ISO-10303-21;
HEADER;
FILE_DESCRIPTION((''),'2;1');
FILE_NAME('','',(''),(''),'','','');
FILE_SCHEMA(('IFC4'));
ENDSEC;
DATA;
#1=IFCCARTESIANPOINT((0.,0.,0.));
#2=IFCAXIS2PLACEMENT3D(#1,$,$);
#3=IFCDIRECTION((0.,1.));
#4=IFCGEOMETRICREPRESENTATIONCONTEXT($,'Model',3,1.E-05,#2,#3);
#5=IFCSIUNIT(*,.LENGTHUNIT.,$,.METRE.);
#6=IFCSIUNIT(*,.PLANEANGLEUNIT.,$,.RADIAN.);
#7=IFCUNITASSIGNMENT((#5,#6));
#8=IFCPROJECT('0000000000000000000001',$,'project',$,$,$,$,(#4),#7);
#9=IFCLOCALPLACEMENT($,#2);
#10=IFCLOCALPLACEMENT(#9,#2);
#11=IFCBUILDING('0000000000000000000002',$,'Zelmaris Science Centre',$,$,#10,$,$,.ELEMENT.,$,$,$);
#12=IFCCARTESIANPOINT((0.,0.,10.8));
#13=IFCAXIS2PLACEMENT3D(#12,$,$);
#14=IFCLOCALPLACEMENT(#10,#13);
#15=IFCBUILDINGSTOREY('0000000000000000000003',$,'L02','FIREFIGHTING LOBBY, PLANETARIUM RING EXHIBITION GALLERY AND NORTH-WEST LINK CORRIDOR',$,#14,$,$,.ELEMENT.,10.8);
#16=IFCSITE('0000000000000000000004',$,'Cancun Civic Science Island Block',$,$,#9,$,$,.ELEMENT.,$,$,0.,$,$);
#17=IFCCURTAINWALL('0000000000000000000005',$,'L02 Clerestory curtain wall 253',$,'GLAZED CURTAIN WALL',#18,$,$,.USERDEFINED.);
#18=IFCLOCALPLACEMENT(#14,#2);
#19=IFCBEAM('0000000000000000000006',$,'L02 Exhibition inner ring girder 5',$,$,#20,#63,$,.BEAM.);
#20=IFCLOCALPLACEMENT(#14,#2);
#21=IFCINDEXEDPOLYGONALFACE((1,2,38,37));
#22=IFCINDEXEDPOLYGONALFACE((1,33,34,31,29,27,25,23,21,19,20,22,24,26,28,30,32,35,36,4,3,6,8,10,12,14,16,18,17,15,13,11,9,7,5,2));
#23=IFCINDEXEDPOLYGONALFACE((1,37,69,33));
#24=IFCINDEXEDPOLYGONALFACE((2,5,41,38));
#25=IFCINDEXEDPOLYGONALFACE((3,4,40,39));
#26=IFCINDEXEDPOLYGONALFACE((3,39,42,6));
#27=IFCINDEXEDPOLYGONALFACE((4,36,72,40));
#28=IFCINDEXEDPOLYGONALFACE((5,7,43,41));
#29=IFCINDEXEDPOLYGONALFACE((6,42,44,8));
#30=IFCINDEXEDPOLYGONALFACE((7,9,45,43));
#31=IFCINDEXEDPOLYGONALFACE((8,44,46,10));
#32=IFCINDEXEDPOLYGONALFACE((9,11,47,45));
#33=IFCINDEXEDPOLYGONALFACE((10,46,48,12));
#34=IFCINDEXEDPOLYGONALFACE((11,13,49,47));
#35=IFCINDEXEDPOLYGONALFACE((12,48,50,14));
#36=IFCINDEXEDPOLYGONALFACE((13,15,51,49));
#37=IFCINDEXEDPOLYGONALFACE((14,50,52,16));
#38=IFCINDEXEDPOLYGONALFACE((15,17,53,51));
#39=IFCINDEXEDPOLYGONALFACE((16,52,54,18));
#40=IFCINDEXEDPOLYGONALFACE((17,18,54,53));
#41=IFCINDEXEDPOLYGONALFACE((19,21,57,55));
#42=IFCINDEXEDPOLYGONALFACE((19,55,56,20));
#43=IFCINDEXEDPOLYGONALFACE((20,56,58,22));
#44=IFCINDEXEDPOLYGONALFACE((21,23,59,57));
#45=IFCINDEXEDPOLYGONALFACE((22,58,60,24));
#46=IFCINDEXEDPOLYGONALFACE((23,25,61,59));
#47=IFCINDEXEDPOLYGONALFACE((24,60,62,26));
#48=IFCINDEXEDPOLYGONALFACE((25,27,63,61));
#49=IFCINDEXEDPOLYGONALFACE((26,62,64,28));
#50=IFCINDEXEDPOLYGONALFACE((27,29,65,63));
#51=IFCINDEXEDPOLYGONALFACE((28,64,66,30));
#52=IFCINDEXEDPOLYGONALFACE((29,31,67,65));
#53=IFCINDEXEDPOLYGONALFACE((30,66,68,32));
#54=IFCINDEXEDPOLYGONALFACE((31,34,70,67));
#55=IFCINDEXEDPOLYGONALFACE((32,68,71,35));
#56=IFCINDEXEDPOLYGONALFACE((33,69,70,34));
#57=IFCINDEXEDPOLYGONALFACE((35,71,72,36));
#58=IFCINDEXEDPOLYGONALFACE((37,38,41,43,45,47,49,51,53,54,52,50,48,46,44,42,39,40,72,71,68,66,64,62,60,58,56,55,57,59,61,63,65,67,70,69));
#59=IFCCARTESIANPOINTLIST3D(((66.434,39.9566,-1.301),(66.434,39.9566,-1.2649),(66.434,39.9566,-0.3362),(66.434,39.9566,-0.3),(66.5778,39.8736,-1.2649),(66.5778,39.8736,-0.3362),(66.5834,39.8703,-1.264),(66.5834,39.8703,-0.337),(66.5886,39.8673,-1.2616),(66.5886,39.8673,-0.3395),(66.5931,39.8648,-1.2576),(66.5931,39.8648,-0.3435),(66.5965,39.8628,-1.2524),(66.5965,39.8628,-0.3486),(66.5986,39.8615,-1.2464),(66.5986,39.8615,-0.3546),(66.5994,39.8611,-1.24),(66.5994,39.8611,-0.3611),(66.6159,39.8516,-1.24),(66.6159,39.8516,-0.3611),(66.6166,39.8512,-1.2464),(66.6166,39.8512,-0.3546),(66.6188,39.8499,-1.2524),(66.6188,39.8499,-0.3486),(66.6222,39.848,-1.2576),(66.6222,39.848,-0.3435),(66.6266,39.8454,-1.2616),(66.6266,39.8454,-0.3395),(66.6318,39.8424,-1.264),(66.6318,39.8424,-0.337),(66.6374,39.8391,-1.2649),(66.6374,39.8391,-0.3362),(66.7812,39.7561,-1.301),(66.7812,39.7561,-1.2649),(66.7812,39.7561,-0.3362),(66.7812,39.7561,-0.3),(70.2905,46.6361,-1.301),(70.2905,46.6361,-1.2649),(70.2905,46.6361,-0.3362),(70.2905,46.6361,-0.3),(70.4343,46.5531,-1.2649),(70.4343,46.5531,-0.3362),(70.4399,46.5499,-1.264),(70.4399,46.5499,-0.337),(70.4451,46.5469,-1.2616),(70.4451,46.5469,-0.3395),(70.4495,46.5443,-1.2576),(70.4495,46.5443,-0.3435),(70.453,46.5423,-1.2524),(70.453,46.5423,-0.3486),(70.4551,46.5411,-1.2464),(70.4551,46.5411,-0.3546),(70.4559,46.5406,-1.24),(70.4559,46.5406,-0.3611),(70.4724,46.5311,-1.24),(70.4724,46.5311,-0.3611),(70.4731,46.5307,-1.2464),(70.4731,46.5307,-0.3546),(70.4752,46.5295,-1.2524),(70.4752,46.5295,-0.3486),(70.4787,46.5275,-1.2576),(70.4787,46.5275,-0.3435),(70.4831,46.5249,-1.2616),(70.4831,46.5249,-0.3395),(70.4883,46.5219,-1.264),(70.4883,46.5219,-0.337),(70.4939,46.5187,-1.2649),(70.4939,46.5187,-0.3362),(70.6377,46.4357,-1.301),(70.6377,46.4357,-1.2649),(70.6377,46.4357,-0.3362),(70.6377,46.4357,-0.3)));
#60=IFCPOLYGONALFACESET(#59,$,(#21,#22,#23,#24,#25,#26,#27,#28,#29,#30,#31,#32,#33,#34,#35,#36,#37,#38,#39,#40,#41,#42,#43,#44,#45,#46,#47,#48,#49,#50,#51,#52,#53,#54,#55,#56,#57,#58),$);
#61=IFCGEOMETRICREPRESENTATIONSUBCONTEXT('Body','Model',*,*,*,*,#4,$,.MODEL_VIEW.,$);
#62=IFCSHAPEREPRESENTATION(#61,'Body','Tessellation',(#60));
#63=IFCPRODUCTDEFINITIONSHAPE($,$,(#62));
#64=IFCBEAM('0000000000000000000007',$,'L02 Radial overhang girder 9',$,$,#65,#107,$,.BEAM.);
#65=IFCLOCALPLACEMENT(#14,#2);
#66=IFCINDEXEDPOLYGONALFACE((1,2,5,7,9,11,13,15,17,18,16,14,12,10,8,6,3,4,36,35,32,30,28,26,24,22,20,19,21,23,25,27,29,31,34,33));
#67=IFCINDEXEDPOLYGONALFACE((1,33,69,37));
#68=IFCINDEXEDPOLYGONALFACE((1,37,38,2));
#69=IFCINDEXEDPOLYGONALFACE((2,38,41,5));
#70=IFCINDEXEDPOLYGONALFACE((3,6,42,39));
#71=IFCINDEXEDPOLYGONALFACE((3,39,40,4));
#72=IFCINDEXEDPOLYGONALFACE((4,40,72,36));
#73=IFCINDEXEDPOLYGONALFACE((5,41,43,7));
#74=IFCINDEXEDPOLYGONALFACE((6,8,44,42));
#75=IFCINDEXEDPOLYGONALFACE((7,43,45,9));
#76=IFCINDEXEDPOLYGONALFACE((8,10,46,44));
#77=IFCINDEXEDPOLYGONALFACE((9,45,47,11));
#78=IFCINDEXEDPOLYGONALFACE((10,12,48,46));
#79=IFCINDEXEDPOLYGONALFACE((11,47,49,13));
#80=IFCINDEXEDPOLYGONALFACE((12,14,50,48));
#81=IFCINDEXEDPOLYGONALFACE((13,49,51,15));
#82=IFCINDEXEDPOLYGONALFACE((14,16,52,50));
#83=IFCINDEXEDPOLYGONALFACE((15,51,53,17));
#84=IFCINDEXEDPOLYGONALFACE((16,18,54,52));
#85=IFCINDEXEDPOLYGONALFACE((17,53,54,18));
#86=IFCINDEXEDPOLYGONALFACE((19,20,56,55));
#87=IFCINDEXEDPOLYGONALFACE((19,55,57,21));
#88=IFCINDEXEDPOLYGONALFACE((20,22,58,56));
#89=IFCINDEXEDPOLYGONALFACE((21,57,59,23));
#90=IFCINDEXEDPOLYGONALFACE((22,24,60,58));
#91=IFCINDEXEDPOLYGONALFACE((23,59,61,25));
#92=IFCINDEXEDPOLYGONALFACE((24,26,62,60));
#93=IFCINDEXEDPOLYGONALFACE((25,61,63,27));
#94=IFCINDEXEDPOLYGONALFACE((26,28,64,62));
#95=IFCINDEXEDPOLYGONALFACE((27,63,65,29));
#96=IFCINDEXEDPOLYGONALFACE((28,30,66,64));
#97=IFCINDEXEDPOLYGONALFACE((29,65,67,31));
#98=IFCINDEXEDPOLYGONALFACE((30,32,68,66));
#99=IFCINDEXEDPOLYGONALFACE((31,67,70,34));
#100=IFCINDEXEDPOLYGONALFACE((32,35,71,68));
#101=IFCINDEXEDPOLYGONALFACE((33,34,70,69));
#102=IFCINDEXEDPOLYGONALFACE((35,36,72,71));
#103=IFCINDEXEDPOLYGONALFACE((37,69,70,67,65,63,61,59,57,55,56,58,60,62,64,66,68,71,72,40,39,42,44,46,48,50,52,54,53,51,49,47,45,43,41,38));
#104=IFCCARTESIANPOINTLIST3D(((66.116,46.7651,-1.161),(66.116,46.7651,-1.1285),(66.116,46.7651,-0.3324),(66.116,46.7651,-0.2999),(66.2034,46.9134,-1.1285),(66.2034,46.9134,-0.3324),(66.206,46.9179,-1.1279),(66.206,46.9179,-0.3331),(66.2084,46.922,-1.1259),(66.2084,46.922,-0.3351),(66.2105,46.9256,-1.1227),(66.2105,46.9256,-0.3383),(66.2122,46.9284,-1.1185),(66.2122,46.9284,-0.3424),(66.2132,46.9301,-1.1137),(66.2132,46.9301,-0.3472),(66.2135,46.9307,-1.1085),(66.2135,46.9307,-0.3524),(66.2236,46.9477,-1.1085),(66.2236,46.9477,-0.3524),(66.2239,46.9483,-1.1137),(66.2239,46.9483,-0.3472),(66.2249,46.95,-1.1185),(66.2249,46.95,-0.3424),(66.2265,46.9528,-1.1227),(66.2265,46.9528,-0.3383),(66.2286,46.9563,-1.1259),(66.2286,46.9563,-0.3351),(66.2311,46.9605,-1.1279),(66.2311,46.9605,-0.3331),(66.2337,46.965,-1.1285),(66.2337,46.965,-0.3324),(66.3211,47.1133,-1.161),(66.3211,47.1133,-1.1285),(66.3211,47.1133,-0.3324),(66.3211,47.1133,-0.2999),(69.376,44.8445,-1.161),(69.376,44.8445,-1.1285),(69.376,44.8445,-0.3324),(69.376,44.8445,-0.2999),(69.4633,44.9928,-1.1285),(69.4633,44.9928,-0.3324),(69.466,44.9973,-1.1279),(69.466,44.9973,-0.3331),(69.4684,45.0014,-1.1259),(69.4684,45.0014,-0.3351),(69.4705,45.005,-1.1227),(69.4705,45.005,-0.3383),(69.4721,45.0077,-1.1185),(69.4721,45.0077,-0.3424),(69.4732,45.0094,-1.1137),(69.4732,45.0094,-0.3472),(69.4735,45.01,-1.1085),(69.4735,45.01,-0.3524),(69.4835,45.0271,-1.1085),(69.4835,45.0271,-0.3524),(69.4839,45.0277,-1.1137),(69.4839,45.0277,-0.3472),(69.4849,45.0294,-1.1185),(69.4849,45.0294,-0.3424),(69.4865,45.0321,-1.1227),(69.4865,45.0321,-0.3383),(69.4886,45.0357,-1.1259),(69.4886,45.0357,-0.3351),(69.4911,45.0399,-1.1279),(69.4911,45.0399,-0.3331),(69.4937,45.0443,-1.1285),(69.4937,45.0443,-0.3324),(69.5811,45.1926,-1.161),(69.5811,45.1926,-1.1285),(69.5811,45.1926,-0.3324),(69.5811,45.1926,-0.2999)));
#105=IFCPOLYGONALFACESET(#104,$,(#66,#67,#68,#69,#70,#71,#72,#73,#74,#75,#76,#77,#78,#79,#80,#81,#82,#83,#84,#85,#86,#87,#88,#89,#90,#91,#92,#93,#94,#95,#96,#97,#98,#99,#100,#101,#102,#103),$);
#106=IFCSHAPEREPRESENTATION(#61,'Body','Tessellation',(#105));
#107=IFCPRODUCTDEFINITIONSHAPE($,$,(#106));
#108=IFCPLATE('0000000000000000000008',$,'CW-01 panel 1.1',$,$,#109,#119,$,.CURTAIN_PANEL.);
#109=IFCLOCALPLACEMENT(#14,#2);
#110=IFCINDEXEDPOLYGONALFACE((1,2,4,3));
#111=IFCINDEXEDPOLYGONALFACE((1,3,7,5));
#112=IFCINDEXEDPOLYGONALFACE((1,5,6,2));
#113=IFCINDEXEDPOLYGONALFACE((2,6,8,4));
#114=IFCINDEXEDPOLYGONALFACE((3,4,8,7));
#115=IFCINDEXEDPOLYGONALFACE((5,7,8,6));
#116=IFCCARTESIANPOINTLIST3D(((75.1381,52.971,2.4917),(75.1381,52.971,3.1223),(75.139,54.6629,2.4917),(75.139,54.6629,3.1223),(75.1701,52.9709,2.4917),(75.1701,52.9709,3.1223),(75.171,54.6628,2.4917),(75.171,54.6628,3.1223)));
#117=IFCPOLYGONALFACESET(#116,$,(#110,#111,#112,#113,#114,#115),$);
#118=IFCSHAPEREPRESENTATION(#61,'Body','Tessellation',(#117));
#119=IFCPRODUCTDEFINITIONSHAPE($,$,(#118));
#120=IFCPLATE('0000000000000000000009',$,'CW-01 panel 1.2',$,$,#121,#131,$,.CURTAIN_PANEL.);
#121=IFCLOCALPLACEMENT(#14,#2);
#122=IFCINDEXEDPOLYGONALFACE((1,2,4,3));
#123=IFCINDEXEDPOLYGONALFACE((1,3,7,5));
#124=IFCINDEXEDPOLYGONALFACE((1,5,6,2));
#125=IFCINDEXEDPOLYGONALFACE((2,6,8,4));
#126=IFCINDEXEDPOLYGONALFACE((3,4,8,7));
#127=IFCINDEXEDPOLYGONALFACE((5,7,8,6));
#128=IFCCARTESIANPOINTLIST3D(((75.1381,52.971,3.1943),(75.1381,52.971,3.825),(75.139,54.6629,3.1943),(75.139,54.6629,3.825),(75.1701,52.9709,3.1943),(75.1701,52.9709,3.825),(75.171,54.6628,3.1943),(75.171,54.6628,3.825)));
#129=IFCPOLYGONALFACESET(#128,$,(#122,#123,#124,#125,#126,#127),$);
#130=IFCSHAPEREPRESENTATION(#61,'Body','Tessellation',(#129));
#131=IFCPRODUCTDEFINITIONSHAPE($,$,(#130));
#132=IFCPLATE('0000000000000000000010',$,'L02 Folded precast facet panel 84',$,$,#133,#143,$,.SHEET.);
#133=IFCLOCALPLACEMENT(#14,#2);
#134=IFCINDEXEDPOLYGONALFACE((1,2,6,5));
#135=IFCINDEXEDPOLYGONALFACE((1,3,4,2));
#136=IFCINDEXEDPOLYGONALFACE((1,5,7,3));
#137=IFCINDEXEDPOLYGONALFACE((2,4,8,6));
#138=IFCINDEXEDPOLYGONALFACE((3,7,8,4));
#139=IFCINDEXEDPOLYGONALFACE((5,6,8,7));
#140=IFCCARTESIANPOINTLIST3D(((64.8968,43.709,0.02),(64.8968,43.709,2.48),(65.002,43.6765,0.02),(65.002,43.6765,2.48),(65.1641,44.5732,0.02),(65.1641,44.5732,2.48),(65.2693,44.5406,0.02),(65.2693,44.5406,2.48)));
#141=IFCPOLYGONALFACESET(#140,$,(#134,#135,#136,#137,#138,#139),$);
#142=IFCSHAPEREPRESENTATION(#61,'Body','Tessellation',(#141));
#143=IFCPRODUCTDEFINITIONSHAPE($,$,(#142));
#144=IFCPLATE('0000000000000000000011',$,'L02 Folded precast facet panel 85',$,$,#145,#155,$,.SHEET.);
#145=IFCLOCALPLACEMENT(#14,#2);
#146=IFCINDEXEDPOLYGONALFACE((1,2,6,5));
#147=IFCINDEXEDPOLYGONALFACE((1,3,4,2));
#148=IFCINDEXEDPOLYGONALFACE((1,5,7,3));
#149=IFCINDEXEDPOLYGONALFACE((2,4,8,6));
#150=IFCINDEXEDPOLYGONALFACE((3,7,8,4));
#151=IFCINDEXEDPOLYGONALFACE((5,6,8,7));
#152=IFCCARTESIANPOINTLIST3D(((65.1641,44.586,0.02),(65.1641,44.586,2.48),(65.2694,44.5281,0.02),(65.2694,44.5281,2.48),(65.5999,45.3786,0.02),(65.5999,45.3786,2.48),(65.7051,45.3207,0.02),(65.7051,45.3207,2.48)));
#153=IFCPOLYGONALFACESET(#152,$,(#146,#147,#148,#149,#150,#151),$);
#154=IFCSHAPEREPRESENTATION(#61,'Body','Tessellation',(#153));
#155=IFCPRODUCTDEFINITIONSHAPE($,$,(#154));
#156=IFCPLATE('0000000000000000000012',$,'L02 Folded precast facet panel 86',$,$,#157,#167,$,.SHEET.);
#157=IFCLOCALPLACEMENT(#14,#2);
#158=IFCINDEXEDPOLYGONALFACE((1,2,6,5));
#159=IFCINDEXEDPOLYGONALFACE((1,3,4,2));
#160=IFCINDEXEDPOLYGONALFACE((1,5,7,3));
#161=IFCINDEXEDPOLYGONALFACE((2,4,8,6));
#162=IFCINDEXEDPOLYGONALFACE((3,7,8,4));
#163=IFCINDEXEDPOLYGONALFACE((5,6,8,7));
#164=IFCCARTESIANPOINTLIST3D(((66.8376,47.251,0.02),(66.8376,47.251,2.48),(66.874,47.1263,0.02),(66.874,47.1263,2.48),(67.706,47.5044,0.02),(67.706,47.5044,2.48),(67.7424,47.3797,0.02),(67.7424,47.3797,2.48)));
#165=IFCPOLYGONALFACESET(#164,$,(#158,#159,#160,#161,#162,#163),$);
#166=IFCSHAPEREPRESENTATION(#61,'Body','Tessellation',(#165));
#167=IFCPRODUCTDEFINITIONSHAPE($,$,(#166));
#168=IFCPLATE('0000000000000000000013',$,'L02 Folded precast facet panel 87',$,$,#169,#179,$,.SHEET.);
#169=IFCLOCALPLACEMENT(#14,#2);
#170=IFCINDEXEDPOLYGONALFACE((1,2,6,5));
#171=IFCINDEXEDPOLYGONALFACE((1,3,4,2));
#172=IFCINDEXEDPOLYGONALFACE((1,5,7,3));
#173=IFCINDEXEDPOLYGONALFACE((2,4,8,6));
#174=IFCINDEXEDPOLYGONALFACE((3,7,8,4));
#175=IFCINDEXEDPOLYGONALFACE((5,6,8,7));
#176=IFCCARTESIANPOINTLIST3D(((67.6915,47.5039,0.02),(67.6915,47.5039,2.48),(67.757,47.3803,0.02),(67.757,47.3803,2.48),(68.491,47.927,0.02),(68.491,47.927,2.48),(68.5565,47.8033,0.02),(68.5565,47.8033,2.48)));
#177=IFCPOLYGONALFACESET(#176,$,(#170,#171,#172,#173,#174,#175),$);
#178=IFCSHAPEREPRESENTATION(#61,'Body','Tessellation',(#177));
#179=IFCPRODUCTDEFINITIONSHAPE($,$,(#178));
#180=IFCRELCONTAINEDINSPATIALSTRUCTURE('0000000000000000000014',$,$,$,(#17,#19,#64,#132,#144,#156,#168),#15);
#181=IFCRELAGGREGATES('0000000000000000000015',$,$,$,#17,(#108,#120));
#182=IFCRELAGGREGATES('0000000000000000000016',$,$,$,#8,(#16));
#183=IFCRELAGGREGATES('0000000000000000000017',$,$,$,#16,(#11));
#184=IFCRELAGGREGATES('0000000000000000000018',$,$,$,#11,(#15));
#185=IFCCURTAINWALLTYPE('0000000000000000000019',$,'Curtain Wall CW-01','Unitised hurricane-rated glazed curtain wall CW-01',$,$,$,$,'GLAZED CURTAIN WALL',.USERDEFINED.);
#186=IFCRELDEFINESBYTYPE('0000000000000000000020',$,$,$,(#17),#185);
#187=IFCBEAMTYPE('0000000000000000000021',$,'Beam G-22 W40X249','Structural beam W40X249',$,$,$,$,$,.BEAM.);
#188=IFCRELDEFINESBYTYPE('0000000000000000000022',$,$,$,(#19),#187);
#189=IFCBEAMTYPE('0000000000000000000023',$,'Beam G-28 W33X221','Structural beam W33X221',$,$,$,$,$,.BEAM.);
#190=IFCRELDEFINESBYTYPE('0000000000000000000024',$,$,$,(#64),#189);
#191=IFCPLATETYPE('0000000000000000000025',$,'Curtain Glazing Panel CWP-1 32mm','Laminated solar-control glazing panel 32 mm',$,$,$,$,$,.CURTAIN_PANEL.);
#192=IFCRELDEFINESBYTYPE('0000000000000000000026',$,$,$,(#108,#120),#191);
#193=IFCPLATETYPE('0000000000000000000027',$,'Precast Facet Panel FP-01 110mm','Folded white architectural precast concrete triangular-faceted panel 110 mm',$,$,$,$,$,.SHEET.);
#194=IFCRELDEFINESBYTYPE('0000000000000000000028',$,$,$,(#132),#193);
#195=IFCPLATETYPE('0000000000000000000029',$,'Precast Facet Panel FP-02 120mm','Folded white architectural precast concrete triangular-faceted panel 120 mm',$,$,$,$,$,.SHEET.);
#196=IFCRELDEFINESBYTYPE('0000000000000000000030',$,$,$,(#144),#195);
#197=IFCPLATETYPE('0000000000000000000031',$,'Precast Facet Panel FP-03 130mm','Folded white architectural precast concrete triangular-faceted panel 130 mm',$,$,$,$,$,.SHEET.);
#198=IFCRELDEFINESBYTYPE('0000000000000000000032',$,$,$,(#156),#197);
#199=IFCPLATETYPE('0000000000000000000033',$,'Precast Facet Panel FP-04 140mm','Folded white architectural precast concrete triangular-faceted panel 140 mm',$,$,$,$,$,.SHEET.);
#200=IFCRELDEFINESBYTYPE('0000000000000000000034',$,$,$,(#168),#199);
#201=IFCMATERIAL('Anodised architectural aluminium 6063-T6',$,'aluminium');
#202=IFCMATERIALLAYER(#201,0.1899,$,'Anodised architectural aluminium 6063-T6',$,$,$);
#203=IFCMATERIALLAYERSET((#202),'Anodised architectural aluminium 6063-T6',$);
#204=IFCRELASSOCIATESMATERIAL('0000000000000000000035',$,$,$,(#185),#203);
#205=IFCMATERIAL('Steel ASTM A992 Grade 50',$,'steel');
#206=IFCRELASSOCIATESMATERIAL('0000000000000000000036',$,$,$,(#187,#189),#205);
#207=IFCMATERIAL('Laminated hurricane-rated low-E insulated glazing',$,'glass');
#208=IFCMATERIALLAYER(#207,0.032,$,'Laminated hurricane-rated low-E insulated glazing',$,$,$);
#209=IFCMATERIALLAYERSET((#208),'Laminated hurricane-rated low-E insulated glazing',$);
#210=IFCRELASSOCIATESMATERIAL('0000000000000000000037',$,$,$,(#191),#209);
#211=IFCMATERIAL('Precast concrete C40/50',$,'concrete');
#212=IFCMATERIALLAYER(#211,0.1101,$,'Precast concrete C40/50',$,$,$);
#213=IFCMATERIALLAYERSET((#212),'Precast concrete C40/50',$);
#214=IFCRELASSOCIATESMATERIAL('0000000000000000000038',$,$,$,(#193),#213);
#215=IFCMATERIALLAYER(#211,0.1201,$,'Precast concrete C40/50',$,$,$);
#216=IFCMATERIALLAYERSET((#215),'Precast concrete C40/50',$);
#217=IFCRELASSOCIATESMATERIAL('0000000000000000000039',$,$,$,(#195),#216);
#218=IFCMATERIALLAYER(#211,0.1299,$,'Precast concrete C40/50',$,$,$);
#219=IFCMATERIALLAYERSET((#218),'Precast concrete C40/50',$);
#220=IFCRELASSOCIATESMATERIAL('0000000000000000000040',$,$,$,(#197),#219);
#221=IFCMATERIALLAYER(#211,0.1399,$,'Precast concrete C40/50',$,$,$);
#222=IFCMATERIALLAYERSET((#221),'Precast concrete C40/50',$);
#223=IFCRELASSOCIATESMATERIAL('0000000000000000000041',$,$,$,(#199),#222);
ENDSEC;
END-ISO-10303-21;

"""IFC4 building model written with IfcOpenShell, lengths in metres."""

from ifc_helpers import new_model, si_unit, direction, frame, frame_2d, origin, origin_2d, place, context, subcontext, project, spatial, rectangle, i_section, extrude, material, layer, layer_set, material_profile, profile_set, type_object, element, aggregate, save


model = new_model("IFC4")

# Units and contexts
model_context = context("Model", 3, precision=1e-05, world=origin(), true_north=direction((0.0, 1.0)))
body_context = subcontext(model_context, "Body", "Model", "MODEL_VIEW")
ifc_project = project(units=[si_unit("LENGTHUNIT", "METRE"), si_unit("PLANEANGLEUNIT", "RADIAN")], contexts=[model_context])

# Site, building, storey
site_placement = place(None, origin())
site = spatial("IfcSite", under=ifc_project, at=site_placement, Name="Cancun Civic Science Island Block", CompositionType="ELEMENT", RefElevation=0.0)
building_placement = place(site_placement, origin())
building = spatial("IfcBuilding", under=site, at=building_placement, Name="Zelmaris Science Centre", CompositionType="ELEMENT")
storey_placement = place(building_placement, frame((0.0, 0.0, 10.8)))
storey = spatial("IfcBuildingStorey", under=building, at=storey_placement, Name="L02", Description="FIREFIGHTING LOBBY, PLANETARIUM RING EXHIBITION GALLERY AND NORTH-WEST LINK CORRIDOR", CompositionType="ELEMENT", Elevation=10.8)

# Shared definitions
ifc_material_1 = material(Name="Steel ASTM A992 Grade 50", Category="steel")

# Curtain wall
ifc_material_2 = material(Name="Anodised architectural aluminium 6063-T6", Category="aluminium")
ifc_layer_1 = layer(ifc_material_2, 0.1899, Name="Anodised architectural aluminium 6063-T6")
ifc_layer_set_1 = layer_set([ifc_layer_1], Name="Anodised architectural aluminium 6063-T6")
curtain_wall_type = type_object("IfcCurtainWallType", Name="Curtain Wall CW-01", Description="Unitised hurricane-rated glazed curtain wall CW-01", ElementType="GLAZED CURTAIN WALL", PredefinedType="USERDEFINED", material=ifc_layer_set_1)
curtain_wall_placement = place(storey_placement, origin())
curtain_wall = element("IfcCurtainWall", 1, at=curtain_wall_placement, inside=storey, type_object=curtain_wall_type, Name="L02 Clerestory curtain wall 253", ObjectType="GLAZED CURTAIN WALL", PredefinedType="USERDEFINED")

# Beams
ifc_material_profile_1 = material_profile(ifc_material_1, i_section(OverallWidth=0.4009, OverallDepth=1.001, WebThickness=0.019, FlangeThickness=0.0361, FilletRadius=0.0249, at=origin_2d()), Name="W40X249")
ifc_profile_set_1 = profile_set([ifc_material_profile_1], Name="Steel ASTM A992 Grade 50")
beam_type_1 = type_object("IfcBeamType", Name="Beam G-22 W40X249", Description="Structural beam W40X249", PredefinedType="BEAM", material=ifc_profile_set_1)
beam_1_placement = place(storey_placement, frame((70.4641, 46.5359, -0.8005), z_axis=(-0.500007, -0.866022, 0.0), x_axis=(0.866022, -0.500007, 0.0)))
element("IfcBeam", 2, at=beam_1_placement, inside=storey, type_object=beam_type_1, Name="L02 Exhibition inner ring girder 5", PredefinedType="BEAM", context=body_context, shape_type="SweptSolid", body=[
    extrude(i_section(OverallWidth=0.4009, OverallDepth=1.001, WebThickness=0.019, FlangeThickness=0.0361, FilletRadius=0.0249, at=origin_2d()), origin(), (0.0, 0.0, 1.0), 7.7129),
])
ifc_material_profile_2 = material_profile(ifc_material_1, i_section(OverallWidth=0.4041, OverallDepth=0.8611, WebThickness=0.0198, FlangeThickness=0.0325, FilletRadius=0.02, at=origin_2d()), Name="W33X221")
ifc_profile_set_2 = profile_set([ifc_material_profile_2], Name="Steel ASTM A992 Grade 50")
beam_type_2 = type_object("IfcBeamType", Name="Beam G-28 W33X221", Description="Structural beam W33X221", PredefinedType="BEAM", material=ifc_profile_set_2)
beam_2_placement = place(storey_placement, frame((69.4785, 45.0186, -0.7305), z_axis=(-0.861587, 0.507609, 0.0), x_axis=(-0.507609, -0.861587, 0.0)))
element("IfcBeam", 3, at=beam_2_placement, inside=storey, type_object=beam_type_2, Name="L02 Radial overhang girder 9", PredefinedType="BEAM", context=body_context, shape_type="SweptSolid", body=[
    extrude(i_section(OverallWidth=0.4041, OverallDepth=0.8611, WebThickness=0.0198, FlangeThickness=0.0325, FilletRadius=0.02, at=origin_2d()), origin(), (0.0, 0.0, 1.0), 3.7837),
])

# Plates
ifc_material_3 = material(Name="Laminated hurricane-rated low-E insulated glazing", Category="glass")
ifc_layer_2 = layer(ifc_material_3, 0.032, Name="Laminated hurricane-rated low-E insulated glazing")
ifc_layer_set_2 = layer_set([ifc_layer_2], Name="Laminated hurricane-rated low-E insulated glazing")
plate_type_1 = type_object("IfcPlateType", Name="Curtain Glazing Panel CWP-1 32mm", Description="Laminated solar-control glazing panel 32 mm", PredefinedType="CURTAIN_PANEL", material=ifc_layer_set_2)
plate_1_placement = place(storey_placement, frame((75.1545, 53.8169, 2.4917), z_axis=(0.0, 0.0, 1.0), x_axis=(0.000535, 1.0, 0.0)))
plate_1 = element("IfcPlate", 4, at=plate_1_placement, type_object=plate_type_1, Name="CW-01 panel 1.1", PredefinedType="CURTAIN_PANEL", context=body_context, shape_type="SweptSolid", body=[
    extrude(rectangle(XDim=1.6919, YDim=0.032, at=origin_2d()), origin(), (0.0, 0.0, 1.0), 0.6306),
])
plate_2_placement = place(storey_placement, frame((75.1545, 53.8169, 3.1943), z_axis=(0.0, 0.0, 1.0), x_axis=(0.000535, 1.0, 0.0)))
plate_2 = element("IfcPlate", 5, at=plate_2_placement, type_object=plate_type_1, Name="CW-01 panel 1.2", PredefinedType="CURTAIN_PANEL", context=body_context, shape_type="SweptSolid", body=[
    extrude(rectangle(XDim=1.6919, YDim=0.032, at=origin_2d()), origin(), (0.0, 0.0, 1.0), 0.6306),
])
aggregate(curtain_wall, [plate_1, plate_2])

# Plates
ifc_material_4 = material(Name="Precast concrete C40/50", Category="concrete")
ifc_layer_3 = layer(ifc_material_4, 0.1101, Name="Precast concrete C40/50")
ifc_layer_set_3 = layer_set([ifc_layer_3], Name="Precast concrete C40/50")
plate_type_2 = type_object("IfcPlateType", Name="Precast Facet Panel FP-01 110mm", Description="Folded white architectural precast concrete triangular-faceted panel 110 mm", PredefinedType="SHEET", material=ifc_layer_set_3)
plate_3_placement = place(storey_placement, frame((64.9495, 43.6929, 0.02), z_axis=(0.0, 0.0, 1.0), x_axis=(0.295508, 0.95534, 0.0)))
element("IfcPlate", 6, at=plate_3_placement, inside=storey, type_object=plate_type_2, Name="L02 Folded precast facet panel 84", PredefinedType="SHEET", context=body_context, shape_type="SweptSolid", body=[
    extrude(rectangle(XDim=0.9045, YDim=0.1101, at=frame_2d((0.4521, 0.0))), origin(), (0.0, 0.0, 1.0), 2.46),
])
ifc_layer_4 = layer(ifc_material_4, 0.1201, Name="Precast concrete C40/50")
ifc_layer_set_4 = layer_set([ifc_layer_4], Name="Precast concrete C40/50")
plate_type_3 = type_object("IfcPlateType", Name="Precast Facet Panel FP-02 120mm", Description="Folded white architectural precast concrete triangular-faceted panel 120 mm", PredefinedType="SHEET", material=ifc_layer_set_4)
plate_4_placement = place(storey_placement, frame((65.2168, 44.5571, 0.02), z_axis=(0.0, 0.0, 1.0), x_axis=(0.481743, 0.876313, 0.0)))
element("IfcPlate", 7, at=plate_4_placement, inside=storey, type_object=plate_type_3, Name="L02 Folded precast facet panel 85", PredefinedType="SHEET", context=body_context, shape_type="SweptSolid", body=[
    extrude(rectangle(XDim=0.9045, YDim=0.1201, at=frame_2d((0.4521, 0.0))), origin(), (0.0, 0.0, 1.0), 2.46),
])
ifc_layer_5 = layer(ifc_material_4, 0.1299, Name="Precast concrete C40/50")
ifc_layer_set_5 = layer_set([ifc_layer_5], Name="Precast concrete C40/50")
plate_type_4 = type_object("IfcPlateType", Name="Precast Facet Panel FP-03 130mm", Description="Folded white architectural precast concrete triangular-faceted panel 130 mm", PredefinedType="SHEET", material=ifc_layer_set_5)
plate_5_placement = place(storey_placement, frame((66.856, 47.1887, 0.02), z_axis=(0.0, 0.0, 1.0), x_axis=(0.959961, 0.280135, 0.0)))
element("IfcPlate", 8, at=plate_5_placement, inside=storey, type_object=plate_type_4, Name="L02 Folded precast facet panel 86", PredefinedType="SHEET", context=body_context, shape_type="SweptSolid", body=[
    extrude(rectangle(XDim=0.9045, YDim=0.1299, at=frame_2d((0.4521, 0.0))), origin(), (0.0, 0.0, 1.0), 2.46),
])
ifc_layer_6 = layer(ifc_material_4, 0.1399, Name="Precast concrete C40/50")
ifc_layer_set_6 = layer_set([ifc_layer_6], Name="Precast concrete C40/50")
plate_type_5 = type_object("IfcPlateType", Name="Precast Facet Panel FP-04 140mm", Description="Folded white architectural precast concrete triangular-faceted panel 140 mm", PredefinedType="SHEET", material=ifc_layer_set_6)
plate_6_placement = place(storey_placement, frame((67.7244, 47.4421, 0.02), z_axis=(0.0, 0.0, 1.0), x_axis=(0.88388, 0.467714, 0.0)))
element("IfcPlate", 9, at=plate_6_placement, inside=storey, type_object=plate_type_5, Name="L02 Folded precast facet panel 87", PredefinedType="SHEET", context=body_context, shape_type="SweptSolid", body=[
    extrude(rectangle(XDim=0.9045, YDim=0.1399, at=frame_2d((0.4521, 0.0))), origin(), (0.0, 0.0, 1.0), 2.46),
])

save(model, "model.ifc")
